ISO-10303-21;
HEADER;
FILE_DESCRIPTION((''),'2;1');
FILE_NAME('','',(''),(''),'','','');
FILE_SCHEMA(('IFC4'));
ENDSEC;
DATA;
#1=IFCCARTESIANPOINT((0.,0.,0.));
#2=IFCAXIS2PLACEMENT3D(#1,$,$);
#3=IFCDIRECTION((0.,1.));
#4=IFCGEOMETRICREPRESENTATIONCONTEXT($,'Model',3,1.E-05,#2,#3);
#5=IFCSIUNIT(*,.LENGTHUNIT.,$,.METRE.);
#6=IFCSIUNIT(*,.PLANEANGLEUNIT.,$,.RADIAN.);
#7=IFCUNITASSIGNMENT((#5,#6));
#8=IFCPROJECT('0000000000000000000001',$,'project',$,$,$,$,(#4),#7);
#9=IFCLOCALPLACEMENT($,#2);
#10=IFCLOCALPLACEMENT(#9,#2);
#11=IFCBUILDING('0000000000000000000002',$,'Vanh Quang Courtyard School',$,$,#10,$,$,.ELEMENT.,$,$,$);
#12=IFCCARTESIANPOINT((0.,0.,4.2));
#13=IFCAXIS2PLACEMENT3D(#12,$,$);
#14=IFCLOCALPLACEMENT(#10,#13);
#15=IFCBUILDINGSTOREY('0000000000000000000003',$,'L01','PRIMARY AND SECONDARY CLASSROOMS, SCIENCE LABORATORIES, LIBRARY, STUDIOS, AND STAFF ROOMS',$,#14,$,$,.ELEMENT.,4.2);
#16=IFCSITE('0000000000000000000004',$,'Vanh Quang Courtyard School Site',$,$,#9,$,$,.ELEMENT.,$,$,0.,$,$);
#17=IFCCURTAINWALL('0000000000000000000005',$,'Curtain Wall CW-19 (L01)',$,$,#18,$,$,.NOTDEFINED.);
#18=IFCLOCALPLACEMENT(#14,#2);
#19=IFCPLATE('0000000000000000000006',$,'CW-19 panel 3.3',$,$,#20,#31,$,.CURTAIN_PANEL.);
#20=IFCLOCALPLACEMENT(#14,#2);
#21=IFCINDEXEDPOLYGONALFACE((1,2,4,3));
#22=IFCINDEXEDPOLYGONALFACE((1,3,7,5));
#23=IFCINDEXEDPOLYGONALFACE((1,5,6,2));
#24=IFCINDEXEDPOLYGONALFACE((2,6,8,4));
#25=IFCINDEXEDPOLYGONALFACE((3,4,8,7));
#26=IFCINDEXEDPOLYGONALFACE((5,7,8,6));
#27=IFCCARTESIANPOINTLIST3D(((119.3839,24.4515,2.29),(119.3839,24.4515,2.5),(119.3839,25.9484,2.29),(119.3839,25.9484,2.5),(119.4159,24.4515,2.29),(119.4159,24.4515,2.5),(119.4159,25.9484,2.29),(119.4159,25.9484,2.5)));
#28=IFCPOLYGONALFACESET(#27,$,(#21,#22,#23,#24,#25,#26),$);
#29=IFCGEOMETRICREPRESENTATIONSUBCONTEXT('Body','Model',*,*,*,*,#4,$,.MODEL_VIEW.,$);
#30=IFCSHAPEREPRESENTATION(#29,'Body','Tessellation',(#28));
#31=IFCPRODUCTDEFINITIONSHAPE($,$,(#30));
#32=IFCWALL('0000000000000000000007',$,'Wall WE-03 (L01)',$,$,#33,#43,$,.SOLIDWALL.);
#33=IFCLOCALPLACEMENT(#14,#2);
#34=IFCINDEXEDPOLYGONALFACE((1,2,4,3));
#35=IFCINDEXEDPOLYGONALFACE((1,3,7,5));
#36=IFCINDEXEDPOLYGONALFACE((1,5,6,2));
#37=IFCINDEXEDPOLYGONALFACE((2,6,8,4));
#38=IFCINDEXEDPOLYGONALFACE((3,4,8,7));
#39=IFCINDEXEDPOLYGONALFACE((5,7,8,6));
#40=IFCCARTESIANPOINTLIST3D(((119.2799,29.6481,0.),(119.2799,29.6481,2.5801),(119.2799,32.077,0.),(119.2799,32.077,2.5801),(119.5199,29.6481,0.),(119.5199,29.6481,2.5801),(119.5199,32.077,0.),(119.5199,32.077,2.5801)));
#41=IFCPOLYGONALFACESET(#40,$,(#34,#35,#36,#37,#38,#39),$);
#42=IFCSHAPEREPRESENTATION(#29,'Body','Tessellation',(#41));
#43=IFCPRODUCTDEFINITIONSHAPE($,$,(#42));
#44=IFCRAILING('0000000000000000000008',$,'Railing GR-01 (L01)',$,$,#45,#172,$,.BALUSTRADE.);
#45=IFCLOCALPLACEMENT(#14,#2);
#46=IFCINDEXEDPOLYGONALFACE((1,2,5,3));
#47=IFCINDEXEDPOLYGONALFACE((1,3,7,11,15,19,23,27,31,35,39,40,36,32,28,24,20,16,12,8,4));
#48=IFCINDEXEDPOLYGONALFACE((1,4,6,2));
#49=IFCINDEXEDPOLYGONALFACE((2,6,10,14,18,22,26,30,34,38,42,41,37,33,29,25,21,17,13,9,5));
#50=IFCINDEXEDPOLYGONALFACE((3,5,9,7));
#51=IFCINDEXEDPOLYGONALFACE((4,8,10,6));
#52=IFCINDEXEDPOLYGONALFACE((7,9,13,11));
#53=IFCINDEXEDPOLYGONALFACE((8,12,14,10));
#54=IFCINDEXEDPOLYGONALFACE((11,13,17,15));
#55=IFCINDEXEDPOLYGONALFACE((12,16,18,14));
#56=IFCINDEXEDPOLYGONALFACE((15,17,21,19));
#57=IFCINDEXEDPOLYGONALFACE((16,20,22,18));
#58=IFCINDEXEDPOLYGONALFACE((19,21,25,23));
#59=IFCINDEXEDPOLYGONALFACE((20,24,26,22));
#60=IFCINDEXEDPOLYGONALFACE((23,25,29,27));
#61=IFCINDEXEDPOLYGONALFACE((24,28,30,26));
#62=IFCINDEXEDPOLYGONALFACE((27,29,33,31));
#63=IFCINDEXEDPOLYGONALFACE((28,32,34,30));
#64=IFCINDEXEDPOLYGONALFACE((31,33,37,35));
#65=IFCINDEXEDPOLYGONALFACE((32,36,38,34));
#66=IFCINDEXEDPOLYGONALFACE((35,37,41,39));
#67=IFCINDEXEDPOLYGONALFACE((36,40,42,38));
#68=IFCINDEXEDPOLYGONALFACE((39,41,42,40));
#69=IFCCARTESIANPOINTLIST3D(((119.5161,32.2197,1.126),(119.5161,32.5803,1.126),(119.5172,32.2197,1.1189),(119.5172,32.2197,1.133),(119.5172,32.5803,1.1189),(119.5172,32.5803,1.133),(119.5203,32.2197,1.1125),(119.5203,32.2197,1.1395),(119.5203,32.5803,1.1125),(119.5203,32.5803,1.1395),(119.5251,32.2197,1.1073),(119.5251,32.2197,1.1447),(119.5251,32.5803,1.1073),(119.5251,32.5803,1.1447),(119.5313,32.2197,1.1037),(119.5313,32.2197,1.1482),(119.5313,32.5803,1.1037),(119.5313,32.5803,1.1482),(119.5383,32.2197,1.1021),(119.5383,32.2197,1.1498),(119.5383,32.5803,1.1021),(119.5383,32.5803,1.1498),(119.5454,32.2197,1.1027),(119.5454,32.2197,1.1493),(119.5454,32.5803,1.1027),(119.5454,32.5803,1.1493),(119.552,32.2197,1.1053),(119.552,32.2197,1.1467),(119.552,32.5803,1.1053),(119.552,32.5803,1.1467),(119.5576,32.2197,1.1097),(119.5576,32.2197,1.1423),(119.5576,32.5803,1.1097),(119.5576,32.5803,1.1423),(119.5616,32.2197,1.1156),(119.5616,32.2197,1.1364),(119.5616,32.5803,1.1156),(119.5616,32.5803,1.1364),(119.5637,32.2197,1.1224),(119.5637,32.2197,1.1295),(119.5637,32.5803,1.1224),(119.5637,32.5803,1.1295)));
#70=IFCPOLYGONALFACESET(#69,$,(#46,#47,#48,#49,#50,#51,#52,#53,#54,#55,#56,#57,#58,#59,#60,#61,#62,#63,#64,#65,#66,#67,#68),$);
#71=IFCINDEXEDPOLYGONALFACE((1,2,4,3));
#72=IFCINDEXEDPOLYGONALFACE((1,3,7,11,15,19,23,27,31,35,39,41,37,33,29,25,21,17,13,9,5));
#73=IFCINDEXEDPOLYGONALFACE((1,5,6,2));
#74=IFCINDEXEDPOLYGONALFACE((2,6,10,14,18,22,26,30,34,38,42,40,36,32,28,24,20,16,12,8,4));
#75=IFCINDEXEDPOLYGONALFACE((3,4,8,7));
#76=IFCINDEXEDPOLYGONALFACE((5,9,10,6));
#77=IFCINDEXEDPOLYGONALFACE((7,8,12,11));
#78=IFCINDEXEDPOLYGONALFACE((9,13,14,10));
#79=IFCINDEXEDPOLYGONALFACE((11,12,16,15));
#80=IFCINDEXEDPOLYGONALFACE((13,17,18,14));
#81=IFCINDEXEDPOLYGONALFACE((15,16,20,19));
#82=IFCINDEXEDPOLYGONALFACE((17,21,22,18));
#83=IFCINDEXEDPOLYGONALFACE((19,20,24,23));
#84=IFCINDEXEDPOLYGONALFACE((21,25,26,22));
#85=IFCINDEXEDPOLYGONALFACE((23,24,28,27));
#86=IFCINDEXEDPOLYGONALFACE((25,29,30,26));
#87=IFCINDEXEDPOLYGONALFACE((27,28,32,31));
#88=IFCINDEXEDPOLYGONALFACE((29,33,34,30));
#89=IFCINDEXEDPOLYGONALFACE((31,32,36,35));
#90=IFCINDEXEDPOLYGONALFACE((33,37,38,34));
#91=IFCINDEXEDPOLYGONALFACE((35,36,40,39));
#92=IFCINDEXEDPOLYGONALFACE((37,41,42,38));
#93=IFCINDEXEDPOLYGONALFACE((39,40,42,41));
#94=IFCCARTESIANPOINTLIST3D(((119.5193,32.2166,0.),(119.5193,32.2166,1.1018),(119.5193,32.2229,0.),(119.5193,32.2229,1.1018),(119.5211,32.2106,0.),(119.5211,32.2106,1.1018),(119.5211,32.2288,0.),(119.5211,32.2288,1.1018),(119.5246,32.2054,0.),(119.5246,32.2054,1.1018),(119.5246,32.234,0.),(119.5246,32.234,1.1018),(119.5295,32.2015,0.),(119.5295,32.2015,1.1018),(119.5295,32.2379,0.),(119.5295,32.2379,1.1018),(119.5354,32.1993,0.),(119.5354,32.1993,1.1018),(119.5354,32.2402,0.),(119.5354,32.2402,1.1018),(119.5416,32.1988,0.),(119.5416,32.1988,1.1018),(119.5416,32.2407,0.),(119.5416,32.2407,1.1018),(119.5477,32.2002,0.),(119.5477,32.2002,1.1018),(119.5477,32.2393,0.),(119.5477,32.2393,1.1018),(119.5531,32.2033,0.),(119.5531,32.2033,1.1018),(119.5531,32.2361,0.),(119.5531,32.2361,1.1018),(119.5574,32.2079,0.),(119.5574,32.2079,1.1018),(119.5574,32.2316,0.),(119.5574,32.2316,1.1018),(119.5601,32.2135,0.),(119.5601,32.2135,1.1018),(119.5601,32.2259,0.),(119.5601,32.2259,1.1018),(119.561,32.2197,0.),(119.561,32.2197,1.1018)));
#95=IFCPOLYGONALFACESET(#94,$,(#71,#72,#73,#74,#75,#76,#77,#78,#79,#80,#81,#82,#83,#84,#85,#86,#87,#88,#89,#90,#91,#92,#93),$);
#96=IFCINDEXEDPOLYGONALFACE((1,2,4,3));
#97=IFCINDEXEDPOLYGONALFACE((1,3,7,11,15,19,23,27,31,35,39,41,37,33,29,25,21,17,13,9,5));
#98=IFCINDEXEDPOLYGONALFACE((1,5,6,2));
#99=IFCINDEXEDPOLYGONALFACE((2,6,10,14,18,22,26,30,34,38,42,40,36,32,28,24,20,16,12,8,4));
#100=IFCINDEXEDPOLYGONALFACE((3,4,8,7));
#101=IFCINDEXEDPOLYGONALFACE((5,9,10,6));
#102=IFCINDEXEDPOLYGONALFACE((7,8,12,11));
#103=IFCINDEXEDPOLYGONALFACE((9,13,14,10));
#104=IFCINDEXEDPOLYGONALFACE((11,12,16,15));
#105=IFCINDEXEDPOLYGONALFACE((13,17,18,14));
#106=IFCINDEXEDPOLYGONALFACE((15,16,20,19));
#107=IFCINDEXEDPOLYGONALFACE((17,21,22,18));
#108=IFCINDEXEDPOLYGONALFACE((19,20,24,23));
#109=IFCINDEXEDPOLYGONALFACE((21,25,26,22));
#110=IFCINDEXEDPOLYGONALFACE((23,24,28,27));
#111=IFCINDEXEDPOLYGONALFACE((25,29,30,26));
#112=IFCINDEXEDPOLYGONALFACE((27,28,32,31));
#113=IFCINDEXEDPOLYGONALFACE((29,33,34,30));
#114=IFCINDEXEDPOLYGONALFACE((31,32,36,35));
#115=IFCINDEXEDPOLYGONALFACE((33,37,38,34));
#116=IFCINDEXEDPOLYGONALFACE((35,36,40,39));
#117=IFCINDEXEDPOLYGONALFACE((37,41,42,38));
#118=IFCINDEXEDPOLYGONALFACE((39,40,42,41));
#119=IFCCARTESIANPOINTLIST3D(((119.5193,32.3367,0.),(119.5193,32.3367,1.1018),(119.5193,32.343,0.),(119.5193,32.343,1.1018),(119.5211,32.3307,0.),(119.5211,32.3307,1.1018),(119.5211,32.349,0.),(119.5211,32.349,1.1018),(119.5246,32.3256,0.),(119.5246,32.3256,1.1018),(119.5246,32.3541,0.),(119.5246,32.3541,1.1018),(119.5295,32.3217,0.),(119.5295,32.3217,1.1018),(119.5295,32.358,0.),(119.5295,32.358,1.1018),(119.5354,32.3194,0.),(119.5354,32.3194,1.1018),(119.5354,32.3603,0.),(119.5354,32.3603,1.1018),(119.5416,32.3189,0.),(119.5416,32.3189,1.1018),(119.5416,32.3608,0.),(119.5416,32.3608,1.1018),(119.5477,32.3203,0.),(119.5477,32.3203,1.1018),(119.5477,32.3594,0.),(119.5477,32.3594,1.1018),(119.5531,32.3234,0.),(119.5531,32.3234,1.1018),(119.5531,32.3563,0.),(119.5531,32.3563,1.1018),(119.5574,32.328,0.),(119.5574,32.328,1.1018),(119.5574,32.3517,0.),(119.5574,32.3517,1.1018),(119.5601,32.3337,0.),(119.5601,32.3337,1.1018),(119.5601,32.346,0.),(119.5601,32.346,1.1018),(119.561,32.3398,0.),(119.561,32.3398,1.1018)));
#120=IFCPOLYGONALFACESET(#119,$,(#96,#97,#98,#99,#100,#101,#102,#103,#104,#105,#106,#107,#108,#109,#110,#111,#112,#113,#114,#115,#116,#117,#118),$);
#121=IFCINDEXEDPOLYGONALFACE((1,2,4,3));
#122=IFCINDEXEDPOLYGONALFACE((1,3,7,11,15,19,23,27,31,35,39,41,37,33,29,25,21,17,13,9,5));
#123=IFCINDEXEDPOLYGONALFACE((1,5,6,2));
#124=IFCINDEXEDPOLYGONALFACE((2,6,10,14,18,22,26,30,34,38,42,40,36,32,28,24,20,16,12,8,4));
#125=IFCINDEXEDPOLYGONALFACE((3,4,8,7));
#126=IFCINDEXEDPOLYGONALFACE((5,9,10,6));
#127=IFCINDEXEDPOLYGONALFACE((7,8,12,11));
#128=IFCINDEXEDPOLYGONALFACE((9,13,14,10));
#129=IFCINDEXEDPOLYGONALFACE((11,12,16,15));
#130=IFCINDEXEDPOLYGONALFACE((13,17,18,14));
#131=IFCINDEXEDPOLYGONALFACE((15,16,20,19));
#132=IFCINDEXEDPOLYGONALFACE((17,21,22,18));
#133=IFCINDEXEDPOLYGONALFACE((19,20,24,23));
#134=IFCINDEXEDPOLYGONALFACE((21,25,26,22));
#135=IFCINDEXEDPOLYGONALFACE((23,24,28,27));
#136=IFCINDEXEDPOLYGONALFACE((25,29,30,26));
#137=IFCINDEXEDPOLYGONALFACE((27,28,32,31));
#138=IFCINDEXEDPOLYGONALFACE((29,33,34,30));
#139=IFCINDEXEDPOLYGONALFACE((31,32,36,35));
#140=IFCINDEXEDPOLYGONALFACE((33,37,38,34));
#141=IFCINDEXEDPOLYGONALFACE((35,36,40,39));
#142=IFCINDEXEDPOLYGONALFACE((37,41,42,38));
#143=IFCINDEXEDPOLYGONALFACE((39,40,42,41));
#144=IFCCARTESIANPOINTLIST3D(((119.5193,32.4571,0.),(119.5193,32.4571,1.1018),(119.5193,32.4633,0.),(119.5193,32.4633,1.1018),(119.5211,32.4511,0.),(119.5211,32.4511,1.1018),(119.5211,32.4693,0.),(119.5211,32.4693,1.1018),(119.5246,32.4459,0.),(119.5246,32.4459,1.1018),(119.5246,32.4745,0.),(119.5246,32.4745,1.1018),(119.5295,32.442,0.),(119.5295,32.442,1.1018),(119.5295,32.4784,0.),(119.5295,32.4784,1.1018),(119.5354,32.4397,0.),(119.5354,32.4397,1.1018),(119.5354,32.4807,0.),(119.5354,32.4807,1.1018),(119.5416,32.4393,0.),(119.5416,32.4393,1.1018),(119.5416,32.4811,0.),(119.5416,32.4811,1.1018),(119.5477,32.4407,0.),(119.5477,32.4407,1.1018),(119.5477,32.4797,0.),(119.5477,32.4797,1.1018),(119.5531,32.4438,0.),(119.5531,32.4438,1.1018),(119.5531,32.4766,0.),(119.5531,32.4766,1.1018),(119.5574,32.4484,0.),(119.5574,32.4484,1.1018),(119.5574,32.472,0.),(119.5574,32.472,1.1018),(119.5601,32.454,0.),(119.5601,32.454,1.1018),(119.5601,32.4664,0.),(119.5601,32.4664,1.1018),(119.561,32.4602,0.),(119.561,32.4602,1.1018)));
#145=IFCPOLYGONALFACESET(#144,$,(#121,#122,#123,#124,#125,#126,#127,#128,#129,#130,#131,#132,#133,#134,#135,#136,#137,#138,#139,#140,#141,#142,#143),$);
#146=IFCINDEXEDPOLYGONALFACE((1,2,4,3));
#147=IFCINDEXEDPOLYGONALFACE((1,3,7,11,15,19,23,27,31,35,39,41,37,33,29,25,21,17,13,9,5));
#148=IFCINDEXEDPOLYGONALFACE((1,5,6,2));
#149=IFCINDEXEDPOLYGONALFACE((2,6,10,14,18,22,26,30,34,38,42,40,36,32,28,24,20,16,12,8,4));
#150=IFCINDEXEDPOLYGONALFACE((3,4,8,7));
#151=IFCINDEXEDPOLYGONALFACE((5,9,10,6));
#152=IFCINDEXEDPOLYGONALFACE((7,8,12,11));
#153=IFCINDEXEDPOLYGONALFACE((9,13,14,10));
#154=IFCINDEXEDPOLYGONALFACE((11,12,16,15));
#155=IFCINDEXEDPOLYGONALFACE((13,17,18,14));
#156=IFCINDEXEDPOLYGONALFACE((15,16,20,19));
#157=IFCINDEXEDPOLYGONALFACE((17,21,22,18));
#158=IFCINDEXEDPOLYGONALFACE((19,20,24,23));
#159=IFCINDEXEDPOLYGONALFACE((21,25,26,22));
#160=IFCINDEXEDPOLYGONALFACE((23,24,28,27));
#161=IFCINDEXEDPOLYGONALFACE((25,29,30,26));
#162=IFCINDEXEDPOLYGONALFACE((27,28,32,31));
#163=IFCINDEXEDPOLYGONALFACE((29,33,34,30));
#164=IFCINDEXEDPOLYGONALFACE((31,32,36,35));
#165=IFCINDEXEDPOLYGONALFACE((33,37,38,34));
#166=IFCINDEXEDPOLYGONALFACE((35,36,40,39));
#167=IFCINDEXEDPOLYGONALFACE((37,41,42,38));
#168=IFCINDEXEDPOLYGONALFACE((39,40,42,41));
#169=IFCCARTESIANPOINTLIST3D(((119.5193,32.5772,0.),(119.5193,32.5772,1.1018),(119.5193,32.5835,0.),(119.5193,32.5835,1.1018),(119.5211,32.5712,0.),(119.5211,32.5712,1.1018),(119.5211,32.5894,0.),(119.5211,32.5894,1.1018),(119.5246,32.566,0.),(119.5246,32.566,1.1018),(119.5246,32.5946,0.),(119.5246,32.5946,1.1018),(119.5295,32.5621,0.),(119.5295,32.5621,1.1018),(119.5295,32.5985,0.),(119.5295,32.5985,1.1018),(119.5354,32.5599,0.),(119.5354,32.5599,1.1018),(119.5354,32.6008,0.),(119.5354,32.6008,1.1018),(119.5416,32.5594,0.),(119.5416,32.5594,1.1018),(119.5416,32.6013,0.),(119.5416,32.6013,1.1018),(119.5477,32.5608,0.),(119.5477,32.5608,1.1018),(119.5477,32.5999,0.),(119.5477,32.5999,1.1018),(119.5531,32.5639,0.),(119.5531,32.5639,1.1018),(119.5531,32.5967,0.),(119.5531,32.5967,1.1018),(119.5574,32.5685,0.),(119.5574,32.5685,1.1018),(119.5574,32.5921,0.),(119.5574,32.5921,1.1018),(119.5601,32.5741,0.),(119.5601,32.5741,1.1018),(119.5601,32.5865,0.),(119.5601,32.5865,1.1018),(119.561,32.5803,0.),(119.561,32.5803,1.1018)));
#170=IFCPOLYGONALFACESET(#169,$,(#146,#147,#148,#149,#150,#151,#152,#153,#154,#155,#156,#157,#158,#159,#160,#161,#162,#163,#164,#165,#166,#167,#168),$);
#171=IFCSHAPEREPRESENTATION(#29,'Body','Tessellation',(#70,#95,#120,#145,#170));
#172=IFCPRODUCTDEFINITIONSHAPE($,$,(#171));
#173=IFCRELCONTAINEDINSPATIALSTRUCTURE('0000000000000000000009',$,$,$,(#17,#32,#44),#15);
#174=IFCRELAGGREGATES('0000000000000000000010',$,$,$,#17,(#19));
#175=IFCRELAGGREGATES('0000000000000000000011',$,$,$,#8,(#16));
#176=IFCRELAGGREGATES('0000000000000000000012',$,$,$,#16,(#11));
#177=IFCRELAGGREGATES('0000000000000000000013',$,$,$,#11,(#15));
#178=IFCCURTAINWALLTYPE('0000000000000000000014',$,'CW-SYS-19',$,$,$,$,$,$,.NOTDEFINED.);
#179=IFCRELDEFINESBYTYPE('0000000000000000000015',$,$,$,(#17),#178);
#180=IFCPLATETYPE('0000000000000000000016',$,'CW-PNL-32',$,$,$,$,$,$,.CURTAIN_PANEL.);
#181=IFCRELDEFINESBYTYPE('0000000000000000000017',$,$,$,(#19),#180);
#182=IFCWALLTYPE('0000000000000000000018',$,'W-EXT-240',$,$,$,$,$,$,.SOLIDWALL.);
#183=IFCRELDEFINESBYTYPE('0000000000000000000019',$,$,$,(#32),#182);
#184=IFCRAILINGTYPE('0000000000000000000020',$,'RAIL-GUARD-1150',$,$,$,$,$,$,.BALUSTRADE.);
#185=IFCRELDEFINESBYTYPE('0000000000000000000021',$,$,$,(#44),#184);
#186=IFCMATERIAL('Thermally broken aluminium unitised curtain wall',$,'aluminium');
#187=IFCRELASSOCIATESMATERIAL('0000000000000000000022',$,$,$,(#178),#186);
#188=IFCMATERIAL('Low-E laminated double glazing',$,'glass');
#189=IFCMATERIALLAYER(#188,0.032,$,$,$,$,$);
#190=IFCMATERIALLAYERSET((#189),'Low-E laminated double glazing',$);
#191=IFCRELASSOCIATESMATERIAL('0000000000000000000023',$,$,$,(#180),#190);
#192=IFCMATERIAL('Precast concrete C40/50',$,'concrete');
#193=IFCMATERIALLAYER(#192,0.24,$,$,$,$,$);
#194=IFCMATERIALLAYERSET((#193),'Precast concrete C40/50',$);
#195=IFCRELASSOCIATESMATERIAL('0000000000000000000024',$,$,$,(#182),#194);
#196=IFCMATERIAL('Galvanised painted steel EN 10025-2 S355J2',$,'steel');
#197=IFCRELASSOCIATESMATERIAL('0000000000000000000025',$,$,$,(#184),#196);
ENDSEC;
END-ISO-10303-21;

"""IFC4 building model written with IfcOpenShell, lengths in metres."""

from ifc_helpers import new_model, si_unit, direction, frame, frame_2d, origin, origin_2d, place, context, subcontext, project, spatial, rectangle, circle, extrude, material, layer, layer_set, type_object, element, aggregate, save


model = new_model("IFC4")

# Units and contexts
model_context = context("Model", 3, precision=1e-05, world=origin(), true_north=direction((0.0, 1.0)))
body_context = subcontext(model_context, "Body", "Model", "MODEL_VIEW")
ifc_project = project(units=[si_unit("LENGTHUNIT", "METRE"), si_unit("PLANEANGLEUNIT", "RADIAN")], contexts=[model_context])

# Site, building, storey
site_placement = place(None, origin())
site = spatial("IfcSite", under=ifc_project, at=site_placement, Name="Vanh Quang Courtyard School Site", CompositionType="ELEMENT", RefElevation=0.0)
building_placement = place(site_placement, origin())
building = spatial("IfcBuilding", under=site, at=building_placement, Name="Vanh Quang Courtyard School", CompositionType="ELEMENT")
storey_placement = place(building_placement, frame((0.0, 0.0, 4.2)))
storey = spatial("IfcBuildingStorey", under=building, at=storey_placement, Name="L01", Description="PRIMARY AND SECONDARY CLASSROOMS, SCIENCE LABORATORIES, LIBRARY, STUDIOS, AND STAFF ROOMS", CompositionType="ELEMENT", Elevation=4.2)

# Curtain wall, plate
ifc_material_1 = material(Name="Thermally broken aluminium unitised curtain wall", Category="aluminium")
curtain_wall_type = type_object("IfcCurtainWallType", Name="CW-SYS-19", PredefinedType="NOTDEFINED", material=ifc_material_1)
curtain_wall_placement = place(storey_placement, origin())
curtain_wall = element("IfcCurtainWall", 1, at=curtain_wall_placement, inside=storey, type_object=curtain_wall_type, Name="Curtain Wall CW-19 (L01)", PredefinedType="NOTDEFINED")
ifc_material_2 = material(Name="Low-E laminated double glazing", Category="glass")
ifc_layer_1 = layer(ifc_material_2, 0.032)
ifc_layer_set_1 = layer_set([ifc_layer_1], Name="Low-E laminated double glazing")
plate_type = type_object("IfcPlateType", Name="CW-PNL-32", PredefinedType="CURTAIN_PANEL", material=ifc_layer_set_1)
plate_1_placement = place(storey_placement, frame((119.3999, 25.2, 2.29), z_axis=(0.0, 0.0, 1.0), x_axis=(0.0, -1.0, 0.0)))
plate_1 = element("IfcPlate", 2, at=plate_1_placement, type_object=plate_type, Name="CW-19 panel 3.3", PredefinedType="CURTAIN_PANEL", context=body_context, shape_type="SweptSolid", body=[
    extrude(rectangle(XDim=1.4968, YDim=0.032, at=origin_2d()), origin(), (0.0, 0.0, 1.0), 0.21),
])
aggregate(curtain_wall, [plate_1])

# Wall
ifc_material_3 = material(Name="Precast concrete C40/50", Category="concrete")
ifc_layer_2 = layer(ifc_material_3, 0.24)
ifc_layer_set_2 = layer_set([ifc_layer_2], Name="Precast concrete C40/50")
wall_type = type_object("IfcWallType", Name="W-EXT-240", PredefinedType="SOLIDWALL", material=ifc_layer_set_2)
wall_placement = place(storey_placement, frame((119.3999, 32.0769, 0.0), z_axis=(0.0, 0.0, 1.0), x_axis=(0.0, -1.0, 0.0)))
element("IfcWall", 3, at=wall_placement, inside=storey, type_object=wall_type, Name="Wall WE-03 (L01)", PredefinedType="SOLIDWALL", context=body_context, shape_type="SweptSolid", body=[
    extrude(rectangle(XDim=2.429, YDim=0.24, at=frame_2d((1.2144, 0.0))), origin(), (0.0, 0.0, 1.0), 2.5801),
])

# Railing
ifc_material_4 = material(Name="Galvanised painted steel EN 10025-2 S355J2", Category="steel")
railing_type = type_object("IfcRailingType", Name="RAIL-GUARD-1150", PredefinedType="BALUSTRADE", material=ifc_material_4)
railing_1_placement = place(storey_placement, frame((119.54, 32.2197, 0.0)))
element("IfcRailing", 4, at=railing_1_placement, inside=storey, type_object=railing_type, Name="Railing GR-01 (L01)", PredefinedType="BALUSTRADE", context=body_context, shape_type="SweptSolid", body=[
    extrude(circle(Radius=0.0239, at=origin_2d()), frame((0.0, 0.0, 1.126), z_axis=(0.0, 1.0, 0.0), x_axis=(-1.0, 0.0, 0.0)), (0.0, 0.0, 1.0), 0.3606),
    extrude(circle(Radius=0.021, at=origin_2d()), origin(), (0.0, 0.0, 1.0), 1.1018),
    extrude(circle(Radius=0.021, at=origin_2d()), frame((0.0, 0.1201, 0.0)), (0.0, 0.0, 1.0), 1.1018),
    extrude(circle(Radius=0.021, at=origin_2d()), frame((0.0, 0.2405, 0.0)), (0.0, 0.0, 1.0), 1.1018),
    extrude(circle(Radius=0.021, at=origin_2d()), frame((0.0, 0.3606, 0.0)), (0.0, 0.0, 1.0), 1.1018),
])

save(model, "model.ifc")
